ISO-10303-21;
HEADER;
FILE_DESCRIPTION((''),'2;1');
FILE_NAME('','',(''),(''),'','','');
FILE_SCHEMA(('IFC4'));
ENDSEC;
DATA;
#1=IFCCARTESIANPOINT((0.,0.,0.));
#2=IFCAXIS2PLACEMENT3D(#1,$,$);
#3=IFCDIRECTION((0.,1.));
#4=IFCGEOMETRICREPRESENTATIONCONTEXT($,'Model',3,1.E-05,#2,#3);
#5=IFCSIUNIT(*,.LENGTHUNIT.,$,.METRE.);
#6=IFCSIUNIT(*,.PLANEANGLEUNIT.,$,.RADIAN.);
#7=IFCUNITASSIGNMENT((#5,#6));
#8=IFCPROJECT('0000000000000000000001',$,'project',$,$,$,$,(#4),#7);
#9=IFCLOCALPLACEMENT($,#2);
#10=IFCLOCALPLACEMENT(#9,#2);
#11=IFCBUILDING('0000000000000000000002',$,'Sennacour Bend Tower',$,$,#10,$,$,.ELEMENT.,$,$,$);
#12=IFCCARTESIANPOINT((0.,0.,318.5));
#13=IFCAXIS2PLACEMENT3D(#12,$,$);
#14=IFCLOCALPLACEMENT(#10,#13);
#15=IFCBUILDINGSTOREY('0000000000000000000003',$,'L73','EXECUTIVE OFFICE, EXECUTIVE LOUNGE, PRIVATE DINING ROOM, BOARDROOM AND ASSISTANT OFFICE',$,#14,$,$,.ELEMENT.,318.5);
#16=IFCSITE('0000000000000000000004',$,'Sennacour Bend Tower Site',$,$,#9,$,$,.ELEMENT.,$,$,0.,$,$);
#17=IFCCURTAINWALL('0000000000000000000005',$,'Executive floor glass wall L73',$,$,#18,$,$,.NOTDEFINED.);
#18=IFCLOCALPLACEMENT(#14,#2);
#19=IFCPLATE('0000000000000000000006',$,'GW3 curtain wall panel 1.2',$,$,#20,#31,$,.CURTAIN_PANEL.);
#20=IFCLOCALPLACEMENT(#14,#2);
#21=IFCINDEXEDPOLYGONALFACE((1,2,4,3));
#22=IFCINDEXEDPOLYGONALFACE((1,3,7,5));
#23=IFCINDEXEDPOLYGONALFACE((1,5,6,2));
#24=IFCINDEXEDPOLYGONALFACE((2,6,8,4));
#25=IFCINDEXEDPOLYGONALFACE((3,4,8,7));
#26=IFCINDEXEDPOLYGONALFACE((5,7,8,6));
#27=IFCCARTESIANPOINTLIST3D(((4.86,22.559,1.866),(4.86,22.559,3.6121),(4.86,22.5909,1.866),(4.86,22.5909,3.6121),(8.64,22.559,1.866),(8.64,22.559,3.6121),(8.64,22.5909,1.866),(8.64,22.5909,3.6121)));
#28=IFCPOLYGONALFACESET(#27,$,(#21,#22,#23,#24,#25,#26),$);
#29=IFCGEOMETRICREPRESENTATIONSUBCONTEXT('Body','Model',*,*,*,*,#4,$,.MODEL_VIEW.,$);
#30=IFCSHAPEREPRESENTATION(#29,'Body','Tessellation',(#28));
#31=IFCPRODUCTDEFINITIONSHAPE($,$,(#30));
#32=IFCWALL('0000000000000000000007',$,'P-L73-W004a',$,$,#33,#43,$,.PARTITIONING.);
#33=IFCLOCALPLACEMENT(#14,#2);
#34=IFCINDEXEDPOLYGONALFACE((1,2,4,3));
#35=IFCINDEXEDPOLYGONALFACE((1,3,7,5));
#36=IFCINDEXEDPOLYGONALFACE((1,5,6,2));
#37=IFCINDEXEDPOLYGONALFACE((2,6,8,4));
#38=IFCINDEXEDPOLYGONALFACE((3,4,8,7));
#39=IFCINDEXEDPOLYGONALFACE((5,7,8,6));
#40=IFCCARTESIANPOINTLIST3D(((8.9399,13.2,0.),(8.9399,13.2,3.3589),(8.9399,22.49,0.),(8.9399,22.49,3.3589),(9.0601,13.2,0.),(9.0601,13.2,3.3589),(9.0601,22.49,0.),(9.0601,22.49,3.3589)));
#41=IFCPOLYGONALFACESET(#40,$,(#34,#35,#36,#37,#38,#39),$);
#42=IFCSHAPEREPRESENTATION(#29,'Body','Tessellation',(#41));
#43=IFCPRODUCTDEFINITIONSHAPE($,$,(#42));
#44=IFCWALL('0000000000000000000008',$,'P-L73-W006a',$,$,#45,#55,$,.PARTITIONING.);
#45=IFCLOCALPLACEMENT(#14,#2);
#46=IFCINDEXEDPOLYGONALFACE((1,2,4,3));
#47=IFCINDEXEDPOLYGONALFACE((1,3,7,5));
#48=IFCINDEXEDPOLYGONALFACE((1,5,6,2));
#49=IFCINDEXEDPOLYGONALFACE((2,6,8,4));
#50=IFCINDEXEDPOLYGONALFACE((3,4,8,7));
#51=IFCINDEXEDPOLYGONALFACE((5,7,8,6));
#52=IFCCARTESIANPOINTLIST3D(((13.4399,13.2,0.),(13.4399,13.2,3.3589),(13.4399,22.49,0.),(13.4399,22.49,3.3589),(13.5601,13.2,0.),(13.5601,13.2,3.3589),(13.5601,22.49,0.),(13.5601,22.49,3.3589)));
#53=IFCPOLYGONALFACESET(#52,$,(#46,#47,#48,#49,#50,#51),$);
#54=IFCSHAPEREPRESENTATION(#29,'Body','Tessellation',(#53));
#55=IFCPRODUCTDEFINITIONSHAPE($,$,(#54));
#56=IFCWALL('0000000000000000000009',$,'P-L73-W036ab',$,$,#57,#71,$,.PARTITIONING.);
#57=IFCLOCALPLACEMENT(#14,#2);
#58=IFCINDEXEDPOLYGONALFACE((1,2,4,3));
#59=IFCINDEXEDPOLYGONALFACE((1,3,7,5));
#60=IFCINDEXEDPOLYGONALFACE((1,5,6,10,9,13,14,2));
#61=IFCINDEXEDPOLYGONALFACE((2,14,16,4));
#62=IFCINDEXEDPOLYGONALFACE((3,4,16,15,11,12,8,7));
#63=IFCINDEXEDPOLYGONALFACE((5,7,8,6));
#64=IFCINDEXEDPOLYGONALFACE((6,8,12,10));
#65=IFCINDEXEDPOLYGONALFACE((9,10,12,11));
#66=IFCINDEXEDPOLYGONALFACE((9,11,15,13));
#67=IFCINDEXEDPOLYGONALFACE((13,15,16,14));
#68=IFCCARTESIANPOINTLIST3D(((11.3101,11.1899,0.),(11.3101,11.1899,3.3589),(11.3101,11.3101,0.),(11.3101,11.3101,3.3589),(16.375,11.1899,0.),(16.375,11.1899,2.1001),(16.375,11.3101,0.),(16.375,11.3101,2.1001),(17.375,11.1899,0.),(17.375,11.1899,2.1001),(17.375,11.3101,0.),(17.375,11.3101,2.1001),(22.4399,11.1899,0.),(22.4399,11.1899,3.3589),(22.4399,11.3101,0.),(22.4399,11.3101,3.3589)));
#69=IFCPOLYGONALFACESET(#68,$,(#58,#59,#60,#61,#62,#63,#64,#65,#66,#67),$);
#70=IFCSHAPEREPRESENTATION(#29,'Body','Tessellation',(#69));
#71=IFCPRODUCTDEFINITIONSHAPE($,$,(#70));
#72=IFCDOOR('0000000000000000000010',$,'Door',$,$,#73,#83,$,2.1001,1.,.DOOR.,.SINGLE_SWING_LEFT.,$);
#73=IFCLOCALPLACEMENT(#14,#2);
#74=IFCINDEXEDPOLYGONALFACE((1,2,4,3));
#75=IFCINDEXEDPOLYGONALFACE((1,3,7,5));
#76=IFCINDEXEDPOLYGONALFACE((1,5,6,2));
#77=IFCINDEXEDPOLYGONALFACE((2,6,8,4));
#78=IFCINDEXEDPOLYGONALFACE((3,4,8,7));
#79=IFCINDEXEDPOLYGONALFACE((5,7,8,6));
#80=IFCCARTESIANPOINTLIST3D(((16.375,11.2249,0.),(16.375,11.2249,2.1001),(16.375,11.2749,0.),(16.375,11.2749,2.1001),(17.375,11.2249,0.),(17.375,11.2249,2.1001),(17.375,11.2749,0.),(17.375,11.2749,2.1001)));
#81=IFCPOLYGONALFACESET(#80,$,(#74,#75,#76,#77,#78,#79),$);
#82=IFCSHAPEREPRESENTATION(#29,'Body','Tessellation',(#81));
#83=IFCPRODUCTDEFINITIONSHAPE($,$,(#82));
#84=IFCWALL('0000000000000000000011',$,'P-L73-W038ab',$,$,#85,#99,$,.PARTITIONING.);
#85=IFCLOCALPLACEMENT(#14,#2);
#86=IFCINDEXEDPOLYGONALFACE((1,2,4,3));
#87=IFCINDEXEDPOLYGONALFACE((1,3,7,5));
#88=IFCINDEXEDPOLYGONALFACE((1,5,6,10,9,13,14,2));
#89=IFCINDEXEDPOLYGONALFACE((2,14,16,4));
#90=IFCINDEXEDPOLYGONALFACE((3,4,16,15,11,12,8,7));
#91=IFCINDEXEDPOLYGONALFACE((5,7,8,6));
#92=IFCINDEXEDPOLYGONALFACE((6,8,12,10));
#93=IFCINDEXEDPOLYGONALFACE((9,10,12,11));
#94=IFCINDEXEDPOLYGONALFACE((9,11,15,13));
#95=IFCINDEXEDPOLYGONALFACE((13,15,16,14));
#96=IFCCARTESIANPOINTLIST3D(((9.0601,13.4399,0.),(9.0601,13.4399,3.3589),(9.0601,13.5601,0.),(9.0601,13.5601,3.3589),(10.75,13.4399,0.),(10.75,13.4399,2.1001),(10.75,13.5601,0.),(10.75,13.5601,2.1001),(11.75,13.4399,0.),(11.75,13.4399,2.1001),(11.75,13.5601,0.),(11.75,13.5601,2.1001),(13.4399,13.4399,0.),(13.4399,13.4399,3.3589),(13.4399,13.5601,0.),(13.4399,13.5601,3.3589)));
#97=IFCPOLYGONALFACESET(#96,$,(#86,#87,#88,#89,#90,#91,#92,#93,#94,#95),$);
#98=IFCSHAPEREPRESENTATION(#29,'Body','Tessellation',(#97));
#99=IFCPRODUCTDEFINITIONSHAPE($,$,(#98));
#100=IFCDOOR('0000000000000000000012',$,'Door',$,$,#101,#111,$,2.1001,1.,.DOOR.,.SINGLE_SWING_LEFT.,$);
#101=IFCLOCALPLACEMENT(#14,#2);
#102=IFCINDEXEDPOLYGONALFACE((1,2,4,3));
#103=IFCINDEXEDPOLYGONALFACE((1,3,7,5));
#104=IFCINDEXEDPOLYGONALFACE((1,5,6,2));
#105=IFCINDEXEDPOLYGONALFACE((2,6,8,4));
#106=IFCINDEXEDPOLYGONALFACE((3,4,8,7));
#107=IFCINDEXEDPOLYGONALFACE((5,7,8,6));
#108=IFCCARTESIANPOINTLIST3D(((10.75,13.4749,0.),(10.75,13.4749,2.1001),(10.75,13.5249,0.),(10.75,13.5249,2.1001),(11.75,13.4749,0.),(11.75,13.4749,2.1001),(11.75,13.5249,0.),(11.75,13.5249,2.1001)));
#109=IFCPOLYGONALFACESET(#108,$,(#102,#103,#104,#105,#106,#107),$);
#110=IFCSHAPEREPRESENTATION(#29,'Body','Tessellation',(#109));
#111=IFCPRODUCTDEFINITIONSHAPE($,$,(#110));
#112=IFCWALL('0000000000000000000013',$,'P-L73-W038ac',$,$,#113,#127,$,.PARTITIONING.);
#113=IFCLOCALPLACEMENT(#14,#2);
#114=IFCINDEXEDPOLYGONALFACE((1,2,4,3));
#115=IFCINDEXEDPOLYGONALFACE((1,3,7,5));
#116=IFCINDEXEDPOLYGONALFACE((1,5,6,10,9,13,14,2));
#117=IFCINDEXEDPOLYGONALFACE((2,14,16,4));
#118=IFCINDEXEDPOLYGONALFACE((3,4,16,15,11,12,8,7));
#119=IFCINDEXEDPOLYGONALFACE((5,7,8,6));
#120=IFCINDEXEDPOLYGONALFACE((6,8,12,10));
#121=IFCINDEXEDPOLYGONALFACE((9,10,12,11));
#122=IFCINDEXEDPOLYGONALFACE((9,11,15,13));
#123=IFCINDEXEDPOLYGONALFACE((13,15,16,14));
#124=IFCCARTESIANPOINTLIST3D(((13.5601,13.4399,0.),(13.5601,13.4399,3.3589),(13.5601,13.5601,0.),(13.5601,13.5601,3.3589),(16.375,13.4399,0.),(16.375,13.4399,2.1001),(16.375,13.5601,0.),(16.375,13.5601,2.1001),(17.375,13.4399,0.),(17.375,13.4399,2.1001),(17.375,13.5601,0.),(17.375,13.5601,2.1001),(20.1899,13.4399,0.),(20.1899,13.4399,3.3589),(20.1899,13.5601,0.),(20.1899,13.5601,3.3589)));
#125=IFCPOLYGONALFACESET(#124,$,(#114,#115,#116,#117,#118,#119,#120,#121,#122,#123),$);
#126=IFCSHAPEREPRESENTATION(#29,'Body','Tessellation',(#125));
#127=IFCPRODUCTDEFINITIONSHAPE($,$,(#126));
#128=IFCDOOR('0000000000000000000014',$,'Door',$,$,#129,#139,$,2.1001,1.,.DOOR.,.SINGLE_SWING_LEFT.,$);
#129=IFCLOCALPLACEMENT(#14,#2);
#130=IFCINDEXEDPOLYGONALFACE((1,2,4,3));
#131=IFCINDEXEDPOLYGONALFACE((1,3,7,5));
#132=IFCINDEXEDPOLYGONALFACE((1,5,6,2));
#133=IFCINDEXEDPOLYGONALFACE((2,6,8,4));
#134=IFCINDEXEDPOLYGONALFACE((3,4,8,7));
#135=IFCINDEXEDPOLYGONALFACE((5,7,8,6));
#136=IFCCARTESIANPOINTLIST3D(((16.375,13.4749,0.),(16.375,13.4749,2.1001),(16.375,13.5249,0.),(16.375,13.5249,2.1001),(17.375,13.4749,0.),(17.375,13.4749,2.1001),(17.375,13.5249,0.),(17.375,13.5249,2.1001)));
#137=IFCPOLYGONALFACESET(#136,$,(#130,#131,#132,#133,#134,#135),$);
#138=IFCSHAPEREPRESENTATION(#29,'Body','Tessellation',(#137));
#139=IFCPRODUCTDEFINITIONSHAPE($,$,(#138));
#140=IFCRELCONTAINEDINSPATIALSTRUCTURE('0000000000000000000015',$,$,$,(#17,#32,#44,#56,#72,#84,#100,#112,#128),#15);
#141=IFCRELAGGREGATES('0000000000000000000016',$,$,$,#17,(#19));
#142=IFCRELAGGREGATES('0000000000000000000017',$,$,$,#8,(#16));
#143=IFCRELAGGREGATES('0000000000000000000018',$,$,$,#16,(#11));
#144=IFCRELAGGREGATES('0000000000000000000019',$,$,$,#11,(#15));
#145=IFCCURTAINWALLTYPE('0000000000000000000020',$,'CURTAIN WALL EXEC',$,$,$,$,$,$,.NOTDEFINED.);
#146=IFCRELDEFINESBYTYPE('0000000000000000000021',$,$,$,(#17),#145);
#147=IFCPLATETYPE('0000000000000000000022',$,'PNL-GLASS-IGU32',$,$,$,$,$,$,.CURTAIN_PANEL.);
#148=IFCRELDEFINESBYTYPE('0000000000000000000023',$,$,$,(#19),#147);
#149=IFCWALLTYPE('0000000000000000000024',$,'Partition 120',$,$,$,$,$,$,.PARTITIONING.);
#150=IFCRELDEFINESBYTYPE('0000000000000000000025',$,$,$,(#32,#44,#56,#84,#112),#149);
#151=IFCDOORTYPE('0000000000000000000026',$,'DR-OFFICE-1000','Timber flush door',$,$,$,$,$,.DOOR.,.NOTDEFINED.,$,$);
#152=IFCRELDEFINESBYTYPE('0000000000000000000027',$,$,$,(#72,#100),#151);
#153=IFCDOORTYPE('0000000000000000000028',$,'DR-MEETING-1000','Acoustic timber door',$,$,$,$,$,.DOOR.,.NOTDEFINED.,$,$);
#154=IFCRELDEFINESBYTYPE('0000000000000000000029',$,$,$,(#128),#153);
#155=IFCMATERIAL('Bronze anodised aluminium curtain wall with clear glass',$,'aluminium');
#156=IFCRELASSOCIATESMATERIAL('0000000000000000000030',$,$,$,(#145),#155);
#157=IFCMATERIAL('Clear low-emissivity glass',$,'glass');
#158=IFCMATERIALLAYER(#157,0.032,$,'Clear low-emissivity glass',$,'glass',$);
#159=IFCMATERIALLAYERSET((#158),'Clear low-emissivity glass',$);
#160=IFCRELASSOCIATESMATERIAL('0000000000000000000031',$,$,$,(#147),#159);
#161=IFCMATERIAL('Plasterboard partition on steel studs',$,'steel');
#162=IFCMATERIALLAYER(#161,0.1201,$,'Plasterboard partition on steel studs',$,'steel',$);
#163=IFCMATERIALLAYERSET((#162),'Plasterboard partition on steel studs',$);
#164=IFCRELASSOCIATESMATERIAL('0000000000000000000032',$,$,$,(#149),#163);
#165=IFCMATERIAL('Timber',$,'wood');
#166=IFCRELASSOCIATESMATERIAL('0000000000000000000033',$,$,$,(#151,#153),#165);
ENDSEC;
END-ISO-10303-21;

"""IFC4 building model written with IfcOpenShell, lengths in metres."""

from ifc_helpers import new_model, si_unit, direction, frame, frame_2d, origin, origin_2d, place, context, subcontext, project, spatial, rectangle, extrude, material, layer, layer_set, type_object, element, fill, aggregate, save


model = new_model("IFC4")

# Units and contexts
model_context = context("Model", 3, precision=1e-05, world=origin(), true_north=direction((0.0, 1.0)))
body_context = subcontext(model_context, "Body", "Model", "MODEL_VIEW")
ifc_project = project(units=[si_unit("LENGTHUNIT", "METRE"), si_unit("PLANEANGLEUNIT", "RADIAN")], contexts=[model_context])

# Site, building, storey
site_placement = place(None, origin())
site = spatial("IfcSite", under=ifc_project, at=site_placement, Name="Sennacour Bend Tower Site", CompositionType="ELEMENT", RefElevation=0.0)
building_placement = place(site_placement, origin())
building = spatial("IfcBuilding", under=site, at=building_placement, Name="Sennacour Bend Tower", CompositionType="ELEMENT")
storey_placement = place(building_placement, frame((0.0, 0.0, 318.5)))
storey = spatial("IfcBuildingStorey", under=building, at=storey_placement, Name="L73", Description="EXECUTIVE OFFICE, EXECUTIVE LOUNGE, PRIVATE DINING ROOM, BOARDROOM AND ASSISTANT OFFICE", CompositionType="ELEMENT", Elevation=318.5)

# Shared definitions
ifc_material_1 = material(Name="Bronze anodised aluminium curtain wall with clear glass", Category="aluminium")
curtain_wall_type = type_object("IfcCurtainWallType", Name="CURTAIN WALL EXEC", PredefinedType="NOTDEFINED", material=ifc_material_1)

# Curtain wall
curtain_wall_1_placement = place(storey_placement, origin())
curtain_wall_1 = element("IfcCurtainWall", 1, at=curtain_wall_1_placement, inside=storey, type_object=curtain_wall_type, Name="Executive floor glass wall L73", PredefinedType="NOTDEFINED")

# Plate
ifc_material_2 = material(Name="Clear low-emissivity glass", Category="glass")
ifc_layer_1 = layer(ifc_material_2, 0.032, Name="Clear low-emissivity glass", Category="glass")
ifc_layer_set_1 = layer_set([ifc_layer_1], Name="Clear low-emissivity glass")
plate_type = type_object("IfcPlateType", Name="PNL-GLASS-IGU32", PredefinedType="CURTAIN_PANEL", material=ifc_layer_set_1)
plate_1_placement = place(storey_placement, frame((6.75, 22.575, 1.866), z_axis=(0.0, 0.0, 1.0), x_axis=(-1.0, 0.0, 0.0)))
plate_1 = element("IfcPlate", 2, at=plate_1_placement, type_object=plate_type, Name="GW3 curtain wall panel 1.2", PredefinedType="CURTAIN_PANEL", context=body_context, shape_type="SweptSolid", body=[
    extrude(rectangle(XDim=3.78, YDim=0.032, at=origin_2d()), origin(), (0.0, 0.0, 1.0), 1.7461),
])
aggregate(curtain_wall_1, [plate_1])

# Walls
ifc_material_3 = material(Name="Plasterboard partition on steel studs", Category="steel")
ifc_layer_2 = layer(ifc_material_3, 0.1201, Name="Plasterboard partition on steel studs", Category="steel")
ifc_layer_set_2 = layer_set([ifc_layer_2], Name="Plasterboard partition on steel studs")
wall_type = type_object("IfcWallType", Name="Partition 120", PredefinedType="PARTITIONING", material=ifc_layer_set_2)
for number, where, z_axis, x_axis, name in (
    (3, (9.0, 13.2, 0.0), (0.0, 0.0, 1.0), (0.0, 1.0, 0.0), "P-L73-W004a"),
    (4, (13.5, 13.2, 0.0), (0.0, 0.0, 1.0), (0.0, 1.0, 0.0), "P-L73-W006a"),
):
    element("IfcWall", number, at=place(storey_placement, frame(where, z_axis=z_axis, x_axis=x_axis)), inside=storey, type_object=wall_type, Name=name, PredefinedType="PARTITIONING", context=body_context, shape_type="SweptSolid", body=[
        extrude(rectangle(XDim=9.29, YDim=0.1201, at=frame_2d((4.645, 0.0))), origin(), (0.0, 0.0, 1.0), 3.3589),
    ])

# Walls, openings, doors
wall_1_placement = place(storey_placement, frame((11.3101, 11.25, 0.0), z_axis=(0.0, 0.0, 1.0), x_axis=(1.0, 0.0, 0.0)))
wall_1 = element("IfcWall", 5, at=wall_1_placement, inside=storey, type_object=wall_type, Name="P-L73-W036ab", PredefinedType="PARTITIONING", context=body_context, shape_type="SweptSolid", body=[
    extrude(rectangle(XDim=11.1299, YDim=0.1201, at=frame_2d((5.5649, 0.0))), origin(), (0.0, 0.0, 1.0), 3.3589),
])
opening_1_placement = place(wall_1_placement, frame((5.0649, 0.0, 0.0)))
opening_1 = element("IfcOpeningElement", 6, at=opening_1_placement, cuts=wall_1, PredefinedType="OPENING", context=body_context, shape_type="SweptSolid", body=[
    extrude(rectangle(XDim=1.0, YDim=2.1001, at=frame_2d((0.5, 1.05))), frame((0.0, 0.0701, 0.0), z_axis=(0.0, -1.0, 0.0), x_axis=(1.0, 0.0, 0.0)), (0.0, 0.0, 1.0), 0.1401),
])
ifc_material_4 = material(Name="Timber", Category="wood")
door_type_1 = type_object("IfcDoorType", Name="DR-OFFICE-1000", Description="Timber flush door", OperationType="NOTDEFINED", PredefinedType="DOOR", material=ifc_material_4)
door_1_placement = place(opening_1_placement, origin())
door_1 = element("IfcDoor", 7, at=door_1_placement, inside=storey, type_object=door_type_1, Name="Door", OperationType="SINGLE_SWING_LEFT", OverallHeight=2.1001, OverallWidth=1.0, PredefinedType="DOOR", context=body_context, shape_type="SweptSolid", body=[
    extrude(rectangle(XDim=1.0, YDim=2.1001, at=frame_2d((0.5, 1.05))), frame((0.0, 0.0249, 0.0), z_axis=(0.0, -1.0, 0.0), x_axis=(1.0, 0.0, 0.0)), (0.0, 0.0, 1.0), 0.05),
])
fill(opening_1, door_1)
wall_2_placement = place(storey_placement, frame((9.0601, 13.5, 0.0), z_axis=(0.0, 0.0, 1.0), x_axis=(1.0, 0.0, 0.0)))
wall_2 = element("IfcWall", 8, at=wall_2_placement, inside=storey, type_object=wall_type, Name="P-L73-W038ab", PredefinedType="PARTITIONING", context=body_context, shape_type="SweptSolid", body=[
    extrude(rectangle(XDim=4.3799, YDim=0.1201, at=frame_2d((2.1899, 0.0))), origin(), (0.0, 0.0, 1.0), 3.3589),
])
opening_2_placement = place(wall_2_placement, frame((1.6899, 0.0, 0.0)))
opening_2 = element("IfcOpeningElement", 9, at=opening_2_placement, cuts=wall_2, PredefinedType="OPENING", context=body_context, shape_type="SweptSolid", body=[
    extrude(rectangle(XDim=1.0, YDim=2.1001, at=frame_2d((0.5, 1.05))), frame((0.0, 0.0701, 0.0), z_axis=(0.0, -1.0, 0.0), x_axis=(1.0, 0.0, 0.0)), (0.0, 0.0, 1.0), 0.1401),
])
door_2_placement = place(opening_2_placement, origin())
door_2 = element("IfcDoor", 10, at=door_2_placement, inside=storey, type_object=door_type_1, Name="Door", OperationType="SINGLE_SWING_LEFT", OverallHeight=2.1001, OverallWidth=1.0, PredefinedType="DOOR", context=body_context, shape_type="SweptSolid", body=[
    extrude(rectangle(XDim=1.0, YDim=2.1001, at=frame_2d((0.5, 1.05))), frame((0.0, 0.0249, 0.0), z_axis=(0.0, -1.0, 0.0), x_axis=(1.0, 0.0, 0.0)), (0.0, 0.0, 1.0), 0.05),
])
fill(opening_2, door_2)
wall_3_placement = place(storey_placement, frame((13.5601, 13.5, 0.0), z_axis=(0.0, 0.0, 1.0), x_axis=(1.0, 0.0, 0.0)))
wall_3 = element("IfcWall", 11, at=wall_3_placement, inside=storey, type_object=wall_type, Name="P-L73-W038ac", PredefinedType="PARTITIONING", context=body_context, shape_type="SweptSolid", body=[
    extrude(rectangle(XDim=6.6299, YDim=0.1201, at=frame_2d((3.3149, 0.0))), origin(), (0.0, 0.0, 1.0), 3.3589),
])
opening_3_placement = place(wall_3_placement, frame((2.8149, 0.0, 0.0)))
opening_3 = element("IfcOpeningElement", 12, at=opening_3_placement, cuts=wall_3, PredefinedType="OPENING", context=body_context, shape_type="SweptSolid", body=[
    extrude(rectangle(XDim=1.0, YDim=2.1001, at=frame_2d((0.5, 1.05))), frame((0.0, 0.0701, 0.0), z_axis=(0.0, -1.0, 0.0), x_axis=(1.0, 0.0, 0.0)), (0.0, 0.0, 1.0), 0.1401),
])
door_type_2 = type_object("IfcDoorType", Name="DR-MEETING-1000", Description="Acoustic timber door", OperationType="NOTDEFINED", PredefinedType="DOOR", material=ifc_material_4)
door_3_placement = place(opening_3_placement, origin())
door_3 = element("IfcDoor", 13, at=door_3_placement, inside=storey, type_object=door_type_2, Name="Door", OperationType="SINGLE_SWING_LEFT", OverallHeight=2.1001, OverallWidth=1.0, PredefinedType="DOOR", context=body_context, shape_type="SweptSolid", body=[
    extrude(rectangle(XDim=1.0, YDim=2.1001, at=frame_2d((0.5, 1.05))), frame((0.0, 0.0249, 0.0), z_axis=(0.0, -1.0, 0.0), x_axis=(1.0, 0.0, 0.0)), (0.0, 0.0, 1.0), 0.05),
])
fill(opening_3, door_3)

save(model, "model.ifc")
